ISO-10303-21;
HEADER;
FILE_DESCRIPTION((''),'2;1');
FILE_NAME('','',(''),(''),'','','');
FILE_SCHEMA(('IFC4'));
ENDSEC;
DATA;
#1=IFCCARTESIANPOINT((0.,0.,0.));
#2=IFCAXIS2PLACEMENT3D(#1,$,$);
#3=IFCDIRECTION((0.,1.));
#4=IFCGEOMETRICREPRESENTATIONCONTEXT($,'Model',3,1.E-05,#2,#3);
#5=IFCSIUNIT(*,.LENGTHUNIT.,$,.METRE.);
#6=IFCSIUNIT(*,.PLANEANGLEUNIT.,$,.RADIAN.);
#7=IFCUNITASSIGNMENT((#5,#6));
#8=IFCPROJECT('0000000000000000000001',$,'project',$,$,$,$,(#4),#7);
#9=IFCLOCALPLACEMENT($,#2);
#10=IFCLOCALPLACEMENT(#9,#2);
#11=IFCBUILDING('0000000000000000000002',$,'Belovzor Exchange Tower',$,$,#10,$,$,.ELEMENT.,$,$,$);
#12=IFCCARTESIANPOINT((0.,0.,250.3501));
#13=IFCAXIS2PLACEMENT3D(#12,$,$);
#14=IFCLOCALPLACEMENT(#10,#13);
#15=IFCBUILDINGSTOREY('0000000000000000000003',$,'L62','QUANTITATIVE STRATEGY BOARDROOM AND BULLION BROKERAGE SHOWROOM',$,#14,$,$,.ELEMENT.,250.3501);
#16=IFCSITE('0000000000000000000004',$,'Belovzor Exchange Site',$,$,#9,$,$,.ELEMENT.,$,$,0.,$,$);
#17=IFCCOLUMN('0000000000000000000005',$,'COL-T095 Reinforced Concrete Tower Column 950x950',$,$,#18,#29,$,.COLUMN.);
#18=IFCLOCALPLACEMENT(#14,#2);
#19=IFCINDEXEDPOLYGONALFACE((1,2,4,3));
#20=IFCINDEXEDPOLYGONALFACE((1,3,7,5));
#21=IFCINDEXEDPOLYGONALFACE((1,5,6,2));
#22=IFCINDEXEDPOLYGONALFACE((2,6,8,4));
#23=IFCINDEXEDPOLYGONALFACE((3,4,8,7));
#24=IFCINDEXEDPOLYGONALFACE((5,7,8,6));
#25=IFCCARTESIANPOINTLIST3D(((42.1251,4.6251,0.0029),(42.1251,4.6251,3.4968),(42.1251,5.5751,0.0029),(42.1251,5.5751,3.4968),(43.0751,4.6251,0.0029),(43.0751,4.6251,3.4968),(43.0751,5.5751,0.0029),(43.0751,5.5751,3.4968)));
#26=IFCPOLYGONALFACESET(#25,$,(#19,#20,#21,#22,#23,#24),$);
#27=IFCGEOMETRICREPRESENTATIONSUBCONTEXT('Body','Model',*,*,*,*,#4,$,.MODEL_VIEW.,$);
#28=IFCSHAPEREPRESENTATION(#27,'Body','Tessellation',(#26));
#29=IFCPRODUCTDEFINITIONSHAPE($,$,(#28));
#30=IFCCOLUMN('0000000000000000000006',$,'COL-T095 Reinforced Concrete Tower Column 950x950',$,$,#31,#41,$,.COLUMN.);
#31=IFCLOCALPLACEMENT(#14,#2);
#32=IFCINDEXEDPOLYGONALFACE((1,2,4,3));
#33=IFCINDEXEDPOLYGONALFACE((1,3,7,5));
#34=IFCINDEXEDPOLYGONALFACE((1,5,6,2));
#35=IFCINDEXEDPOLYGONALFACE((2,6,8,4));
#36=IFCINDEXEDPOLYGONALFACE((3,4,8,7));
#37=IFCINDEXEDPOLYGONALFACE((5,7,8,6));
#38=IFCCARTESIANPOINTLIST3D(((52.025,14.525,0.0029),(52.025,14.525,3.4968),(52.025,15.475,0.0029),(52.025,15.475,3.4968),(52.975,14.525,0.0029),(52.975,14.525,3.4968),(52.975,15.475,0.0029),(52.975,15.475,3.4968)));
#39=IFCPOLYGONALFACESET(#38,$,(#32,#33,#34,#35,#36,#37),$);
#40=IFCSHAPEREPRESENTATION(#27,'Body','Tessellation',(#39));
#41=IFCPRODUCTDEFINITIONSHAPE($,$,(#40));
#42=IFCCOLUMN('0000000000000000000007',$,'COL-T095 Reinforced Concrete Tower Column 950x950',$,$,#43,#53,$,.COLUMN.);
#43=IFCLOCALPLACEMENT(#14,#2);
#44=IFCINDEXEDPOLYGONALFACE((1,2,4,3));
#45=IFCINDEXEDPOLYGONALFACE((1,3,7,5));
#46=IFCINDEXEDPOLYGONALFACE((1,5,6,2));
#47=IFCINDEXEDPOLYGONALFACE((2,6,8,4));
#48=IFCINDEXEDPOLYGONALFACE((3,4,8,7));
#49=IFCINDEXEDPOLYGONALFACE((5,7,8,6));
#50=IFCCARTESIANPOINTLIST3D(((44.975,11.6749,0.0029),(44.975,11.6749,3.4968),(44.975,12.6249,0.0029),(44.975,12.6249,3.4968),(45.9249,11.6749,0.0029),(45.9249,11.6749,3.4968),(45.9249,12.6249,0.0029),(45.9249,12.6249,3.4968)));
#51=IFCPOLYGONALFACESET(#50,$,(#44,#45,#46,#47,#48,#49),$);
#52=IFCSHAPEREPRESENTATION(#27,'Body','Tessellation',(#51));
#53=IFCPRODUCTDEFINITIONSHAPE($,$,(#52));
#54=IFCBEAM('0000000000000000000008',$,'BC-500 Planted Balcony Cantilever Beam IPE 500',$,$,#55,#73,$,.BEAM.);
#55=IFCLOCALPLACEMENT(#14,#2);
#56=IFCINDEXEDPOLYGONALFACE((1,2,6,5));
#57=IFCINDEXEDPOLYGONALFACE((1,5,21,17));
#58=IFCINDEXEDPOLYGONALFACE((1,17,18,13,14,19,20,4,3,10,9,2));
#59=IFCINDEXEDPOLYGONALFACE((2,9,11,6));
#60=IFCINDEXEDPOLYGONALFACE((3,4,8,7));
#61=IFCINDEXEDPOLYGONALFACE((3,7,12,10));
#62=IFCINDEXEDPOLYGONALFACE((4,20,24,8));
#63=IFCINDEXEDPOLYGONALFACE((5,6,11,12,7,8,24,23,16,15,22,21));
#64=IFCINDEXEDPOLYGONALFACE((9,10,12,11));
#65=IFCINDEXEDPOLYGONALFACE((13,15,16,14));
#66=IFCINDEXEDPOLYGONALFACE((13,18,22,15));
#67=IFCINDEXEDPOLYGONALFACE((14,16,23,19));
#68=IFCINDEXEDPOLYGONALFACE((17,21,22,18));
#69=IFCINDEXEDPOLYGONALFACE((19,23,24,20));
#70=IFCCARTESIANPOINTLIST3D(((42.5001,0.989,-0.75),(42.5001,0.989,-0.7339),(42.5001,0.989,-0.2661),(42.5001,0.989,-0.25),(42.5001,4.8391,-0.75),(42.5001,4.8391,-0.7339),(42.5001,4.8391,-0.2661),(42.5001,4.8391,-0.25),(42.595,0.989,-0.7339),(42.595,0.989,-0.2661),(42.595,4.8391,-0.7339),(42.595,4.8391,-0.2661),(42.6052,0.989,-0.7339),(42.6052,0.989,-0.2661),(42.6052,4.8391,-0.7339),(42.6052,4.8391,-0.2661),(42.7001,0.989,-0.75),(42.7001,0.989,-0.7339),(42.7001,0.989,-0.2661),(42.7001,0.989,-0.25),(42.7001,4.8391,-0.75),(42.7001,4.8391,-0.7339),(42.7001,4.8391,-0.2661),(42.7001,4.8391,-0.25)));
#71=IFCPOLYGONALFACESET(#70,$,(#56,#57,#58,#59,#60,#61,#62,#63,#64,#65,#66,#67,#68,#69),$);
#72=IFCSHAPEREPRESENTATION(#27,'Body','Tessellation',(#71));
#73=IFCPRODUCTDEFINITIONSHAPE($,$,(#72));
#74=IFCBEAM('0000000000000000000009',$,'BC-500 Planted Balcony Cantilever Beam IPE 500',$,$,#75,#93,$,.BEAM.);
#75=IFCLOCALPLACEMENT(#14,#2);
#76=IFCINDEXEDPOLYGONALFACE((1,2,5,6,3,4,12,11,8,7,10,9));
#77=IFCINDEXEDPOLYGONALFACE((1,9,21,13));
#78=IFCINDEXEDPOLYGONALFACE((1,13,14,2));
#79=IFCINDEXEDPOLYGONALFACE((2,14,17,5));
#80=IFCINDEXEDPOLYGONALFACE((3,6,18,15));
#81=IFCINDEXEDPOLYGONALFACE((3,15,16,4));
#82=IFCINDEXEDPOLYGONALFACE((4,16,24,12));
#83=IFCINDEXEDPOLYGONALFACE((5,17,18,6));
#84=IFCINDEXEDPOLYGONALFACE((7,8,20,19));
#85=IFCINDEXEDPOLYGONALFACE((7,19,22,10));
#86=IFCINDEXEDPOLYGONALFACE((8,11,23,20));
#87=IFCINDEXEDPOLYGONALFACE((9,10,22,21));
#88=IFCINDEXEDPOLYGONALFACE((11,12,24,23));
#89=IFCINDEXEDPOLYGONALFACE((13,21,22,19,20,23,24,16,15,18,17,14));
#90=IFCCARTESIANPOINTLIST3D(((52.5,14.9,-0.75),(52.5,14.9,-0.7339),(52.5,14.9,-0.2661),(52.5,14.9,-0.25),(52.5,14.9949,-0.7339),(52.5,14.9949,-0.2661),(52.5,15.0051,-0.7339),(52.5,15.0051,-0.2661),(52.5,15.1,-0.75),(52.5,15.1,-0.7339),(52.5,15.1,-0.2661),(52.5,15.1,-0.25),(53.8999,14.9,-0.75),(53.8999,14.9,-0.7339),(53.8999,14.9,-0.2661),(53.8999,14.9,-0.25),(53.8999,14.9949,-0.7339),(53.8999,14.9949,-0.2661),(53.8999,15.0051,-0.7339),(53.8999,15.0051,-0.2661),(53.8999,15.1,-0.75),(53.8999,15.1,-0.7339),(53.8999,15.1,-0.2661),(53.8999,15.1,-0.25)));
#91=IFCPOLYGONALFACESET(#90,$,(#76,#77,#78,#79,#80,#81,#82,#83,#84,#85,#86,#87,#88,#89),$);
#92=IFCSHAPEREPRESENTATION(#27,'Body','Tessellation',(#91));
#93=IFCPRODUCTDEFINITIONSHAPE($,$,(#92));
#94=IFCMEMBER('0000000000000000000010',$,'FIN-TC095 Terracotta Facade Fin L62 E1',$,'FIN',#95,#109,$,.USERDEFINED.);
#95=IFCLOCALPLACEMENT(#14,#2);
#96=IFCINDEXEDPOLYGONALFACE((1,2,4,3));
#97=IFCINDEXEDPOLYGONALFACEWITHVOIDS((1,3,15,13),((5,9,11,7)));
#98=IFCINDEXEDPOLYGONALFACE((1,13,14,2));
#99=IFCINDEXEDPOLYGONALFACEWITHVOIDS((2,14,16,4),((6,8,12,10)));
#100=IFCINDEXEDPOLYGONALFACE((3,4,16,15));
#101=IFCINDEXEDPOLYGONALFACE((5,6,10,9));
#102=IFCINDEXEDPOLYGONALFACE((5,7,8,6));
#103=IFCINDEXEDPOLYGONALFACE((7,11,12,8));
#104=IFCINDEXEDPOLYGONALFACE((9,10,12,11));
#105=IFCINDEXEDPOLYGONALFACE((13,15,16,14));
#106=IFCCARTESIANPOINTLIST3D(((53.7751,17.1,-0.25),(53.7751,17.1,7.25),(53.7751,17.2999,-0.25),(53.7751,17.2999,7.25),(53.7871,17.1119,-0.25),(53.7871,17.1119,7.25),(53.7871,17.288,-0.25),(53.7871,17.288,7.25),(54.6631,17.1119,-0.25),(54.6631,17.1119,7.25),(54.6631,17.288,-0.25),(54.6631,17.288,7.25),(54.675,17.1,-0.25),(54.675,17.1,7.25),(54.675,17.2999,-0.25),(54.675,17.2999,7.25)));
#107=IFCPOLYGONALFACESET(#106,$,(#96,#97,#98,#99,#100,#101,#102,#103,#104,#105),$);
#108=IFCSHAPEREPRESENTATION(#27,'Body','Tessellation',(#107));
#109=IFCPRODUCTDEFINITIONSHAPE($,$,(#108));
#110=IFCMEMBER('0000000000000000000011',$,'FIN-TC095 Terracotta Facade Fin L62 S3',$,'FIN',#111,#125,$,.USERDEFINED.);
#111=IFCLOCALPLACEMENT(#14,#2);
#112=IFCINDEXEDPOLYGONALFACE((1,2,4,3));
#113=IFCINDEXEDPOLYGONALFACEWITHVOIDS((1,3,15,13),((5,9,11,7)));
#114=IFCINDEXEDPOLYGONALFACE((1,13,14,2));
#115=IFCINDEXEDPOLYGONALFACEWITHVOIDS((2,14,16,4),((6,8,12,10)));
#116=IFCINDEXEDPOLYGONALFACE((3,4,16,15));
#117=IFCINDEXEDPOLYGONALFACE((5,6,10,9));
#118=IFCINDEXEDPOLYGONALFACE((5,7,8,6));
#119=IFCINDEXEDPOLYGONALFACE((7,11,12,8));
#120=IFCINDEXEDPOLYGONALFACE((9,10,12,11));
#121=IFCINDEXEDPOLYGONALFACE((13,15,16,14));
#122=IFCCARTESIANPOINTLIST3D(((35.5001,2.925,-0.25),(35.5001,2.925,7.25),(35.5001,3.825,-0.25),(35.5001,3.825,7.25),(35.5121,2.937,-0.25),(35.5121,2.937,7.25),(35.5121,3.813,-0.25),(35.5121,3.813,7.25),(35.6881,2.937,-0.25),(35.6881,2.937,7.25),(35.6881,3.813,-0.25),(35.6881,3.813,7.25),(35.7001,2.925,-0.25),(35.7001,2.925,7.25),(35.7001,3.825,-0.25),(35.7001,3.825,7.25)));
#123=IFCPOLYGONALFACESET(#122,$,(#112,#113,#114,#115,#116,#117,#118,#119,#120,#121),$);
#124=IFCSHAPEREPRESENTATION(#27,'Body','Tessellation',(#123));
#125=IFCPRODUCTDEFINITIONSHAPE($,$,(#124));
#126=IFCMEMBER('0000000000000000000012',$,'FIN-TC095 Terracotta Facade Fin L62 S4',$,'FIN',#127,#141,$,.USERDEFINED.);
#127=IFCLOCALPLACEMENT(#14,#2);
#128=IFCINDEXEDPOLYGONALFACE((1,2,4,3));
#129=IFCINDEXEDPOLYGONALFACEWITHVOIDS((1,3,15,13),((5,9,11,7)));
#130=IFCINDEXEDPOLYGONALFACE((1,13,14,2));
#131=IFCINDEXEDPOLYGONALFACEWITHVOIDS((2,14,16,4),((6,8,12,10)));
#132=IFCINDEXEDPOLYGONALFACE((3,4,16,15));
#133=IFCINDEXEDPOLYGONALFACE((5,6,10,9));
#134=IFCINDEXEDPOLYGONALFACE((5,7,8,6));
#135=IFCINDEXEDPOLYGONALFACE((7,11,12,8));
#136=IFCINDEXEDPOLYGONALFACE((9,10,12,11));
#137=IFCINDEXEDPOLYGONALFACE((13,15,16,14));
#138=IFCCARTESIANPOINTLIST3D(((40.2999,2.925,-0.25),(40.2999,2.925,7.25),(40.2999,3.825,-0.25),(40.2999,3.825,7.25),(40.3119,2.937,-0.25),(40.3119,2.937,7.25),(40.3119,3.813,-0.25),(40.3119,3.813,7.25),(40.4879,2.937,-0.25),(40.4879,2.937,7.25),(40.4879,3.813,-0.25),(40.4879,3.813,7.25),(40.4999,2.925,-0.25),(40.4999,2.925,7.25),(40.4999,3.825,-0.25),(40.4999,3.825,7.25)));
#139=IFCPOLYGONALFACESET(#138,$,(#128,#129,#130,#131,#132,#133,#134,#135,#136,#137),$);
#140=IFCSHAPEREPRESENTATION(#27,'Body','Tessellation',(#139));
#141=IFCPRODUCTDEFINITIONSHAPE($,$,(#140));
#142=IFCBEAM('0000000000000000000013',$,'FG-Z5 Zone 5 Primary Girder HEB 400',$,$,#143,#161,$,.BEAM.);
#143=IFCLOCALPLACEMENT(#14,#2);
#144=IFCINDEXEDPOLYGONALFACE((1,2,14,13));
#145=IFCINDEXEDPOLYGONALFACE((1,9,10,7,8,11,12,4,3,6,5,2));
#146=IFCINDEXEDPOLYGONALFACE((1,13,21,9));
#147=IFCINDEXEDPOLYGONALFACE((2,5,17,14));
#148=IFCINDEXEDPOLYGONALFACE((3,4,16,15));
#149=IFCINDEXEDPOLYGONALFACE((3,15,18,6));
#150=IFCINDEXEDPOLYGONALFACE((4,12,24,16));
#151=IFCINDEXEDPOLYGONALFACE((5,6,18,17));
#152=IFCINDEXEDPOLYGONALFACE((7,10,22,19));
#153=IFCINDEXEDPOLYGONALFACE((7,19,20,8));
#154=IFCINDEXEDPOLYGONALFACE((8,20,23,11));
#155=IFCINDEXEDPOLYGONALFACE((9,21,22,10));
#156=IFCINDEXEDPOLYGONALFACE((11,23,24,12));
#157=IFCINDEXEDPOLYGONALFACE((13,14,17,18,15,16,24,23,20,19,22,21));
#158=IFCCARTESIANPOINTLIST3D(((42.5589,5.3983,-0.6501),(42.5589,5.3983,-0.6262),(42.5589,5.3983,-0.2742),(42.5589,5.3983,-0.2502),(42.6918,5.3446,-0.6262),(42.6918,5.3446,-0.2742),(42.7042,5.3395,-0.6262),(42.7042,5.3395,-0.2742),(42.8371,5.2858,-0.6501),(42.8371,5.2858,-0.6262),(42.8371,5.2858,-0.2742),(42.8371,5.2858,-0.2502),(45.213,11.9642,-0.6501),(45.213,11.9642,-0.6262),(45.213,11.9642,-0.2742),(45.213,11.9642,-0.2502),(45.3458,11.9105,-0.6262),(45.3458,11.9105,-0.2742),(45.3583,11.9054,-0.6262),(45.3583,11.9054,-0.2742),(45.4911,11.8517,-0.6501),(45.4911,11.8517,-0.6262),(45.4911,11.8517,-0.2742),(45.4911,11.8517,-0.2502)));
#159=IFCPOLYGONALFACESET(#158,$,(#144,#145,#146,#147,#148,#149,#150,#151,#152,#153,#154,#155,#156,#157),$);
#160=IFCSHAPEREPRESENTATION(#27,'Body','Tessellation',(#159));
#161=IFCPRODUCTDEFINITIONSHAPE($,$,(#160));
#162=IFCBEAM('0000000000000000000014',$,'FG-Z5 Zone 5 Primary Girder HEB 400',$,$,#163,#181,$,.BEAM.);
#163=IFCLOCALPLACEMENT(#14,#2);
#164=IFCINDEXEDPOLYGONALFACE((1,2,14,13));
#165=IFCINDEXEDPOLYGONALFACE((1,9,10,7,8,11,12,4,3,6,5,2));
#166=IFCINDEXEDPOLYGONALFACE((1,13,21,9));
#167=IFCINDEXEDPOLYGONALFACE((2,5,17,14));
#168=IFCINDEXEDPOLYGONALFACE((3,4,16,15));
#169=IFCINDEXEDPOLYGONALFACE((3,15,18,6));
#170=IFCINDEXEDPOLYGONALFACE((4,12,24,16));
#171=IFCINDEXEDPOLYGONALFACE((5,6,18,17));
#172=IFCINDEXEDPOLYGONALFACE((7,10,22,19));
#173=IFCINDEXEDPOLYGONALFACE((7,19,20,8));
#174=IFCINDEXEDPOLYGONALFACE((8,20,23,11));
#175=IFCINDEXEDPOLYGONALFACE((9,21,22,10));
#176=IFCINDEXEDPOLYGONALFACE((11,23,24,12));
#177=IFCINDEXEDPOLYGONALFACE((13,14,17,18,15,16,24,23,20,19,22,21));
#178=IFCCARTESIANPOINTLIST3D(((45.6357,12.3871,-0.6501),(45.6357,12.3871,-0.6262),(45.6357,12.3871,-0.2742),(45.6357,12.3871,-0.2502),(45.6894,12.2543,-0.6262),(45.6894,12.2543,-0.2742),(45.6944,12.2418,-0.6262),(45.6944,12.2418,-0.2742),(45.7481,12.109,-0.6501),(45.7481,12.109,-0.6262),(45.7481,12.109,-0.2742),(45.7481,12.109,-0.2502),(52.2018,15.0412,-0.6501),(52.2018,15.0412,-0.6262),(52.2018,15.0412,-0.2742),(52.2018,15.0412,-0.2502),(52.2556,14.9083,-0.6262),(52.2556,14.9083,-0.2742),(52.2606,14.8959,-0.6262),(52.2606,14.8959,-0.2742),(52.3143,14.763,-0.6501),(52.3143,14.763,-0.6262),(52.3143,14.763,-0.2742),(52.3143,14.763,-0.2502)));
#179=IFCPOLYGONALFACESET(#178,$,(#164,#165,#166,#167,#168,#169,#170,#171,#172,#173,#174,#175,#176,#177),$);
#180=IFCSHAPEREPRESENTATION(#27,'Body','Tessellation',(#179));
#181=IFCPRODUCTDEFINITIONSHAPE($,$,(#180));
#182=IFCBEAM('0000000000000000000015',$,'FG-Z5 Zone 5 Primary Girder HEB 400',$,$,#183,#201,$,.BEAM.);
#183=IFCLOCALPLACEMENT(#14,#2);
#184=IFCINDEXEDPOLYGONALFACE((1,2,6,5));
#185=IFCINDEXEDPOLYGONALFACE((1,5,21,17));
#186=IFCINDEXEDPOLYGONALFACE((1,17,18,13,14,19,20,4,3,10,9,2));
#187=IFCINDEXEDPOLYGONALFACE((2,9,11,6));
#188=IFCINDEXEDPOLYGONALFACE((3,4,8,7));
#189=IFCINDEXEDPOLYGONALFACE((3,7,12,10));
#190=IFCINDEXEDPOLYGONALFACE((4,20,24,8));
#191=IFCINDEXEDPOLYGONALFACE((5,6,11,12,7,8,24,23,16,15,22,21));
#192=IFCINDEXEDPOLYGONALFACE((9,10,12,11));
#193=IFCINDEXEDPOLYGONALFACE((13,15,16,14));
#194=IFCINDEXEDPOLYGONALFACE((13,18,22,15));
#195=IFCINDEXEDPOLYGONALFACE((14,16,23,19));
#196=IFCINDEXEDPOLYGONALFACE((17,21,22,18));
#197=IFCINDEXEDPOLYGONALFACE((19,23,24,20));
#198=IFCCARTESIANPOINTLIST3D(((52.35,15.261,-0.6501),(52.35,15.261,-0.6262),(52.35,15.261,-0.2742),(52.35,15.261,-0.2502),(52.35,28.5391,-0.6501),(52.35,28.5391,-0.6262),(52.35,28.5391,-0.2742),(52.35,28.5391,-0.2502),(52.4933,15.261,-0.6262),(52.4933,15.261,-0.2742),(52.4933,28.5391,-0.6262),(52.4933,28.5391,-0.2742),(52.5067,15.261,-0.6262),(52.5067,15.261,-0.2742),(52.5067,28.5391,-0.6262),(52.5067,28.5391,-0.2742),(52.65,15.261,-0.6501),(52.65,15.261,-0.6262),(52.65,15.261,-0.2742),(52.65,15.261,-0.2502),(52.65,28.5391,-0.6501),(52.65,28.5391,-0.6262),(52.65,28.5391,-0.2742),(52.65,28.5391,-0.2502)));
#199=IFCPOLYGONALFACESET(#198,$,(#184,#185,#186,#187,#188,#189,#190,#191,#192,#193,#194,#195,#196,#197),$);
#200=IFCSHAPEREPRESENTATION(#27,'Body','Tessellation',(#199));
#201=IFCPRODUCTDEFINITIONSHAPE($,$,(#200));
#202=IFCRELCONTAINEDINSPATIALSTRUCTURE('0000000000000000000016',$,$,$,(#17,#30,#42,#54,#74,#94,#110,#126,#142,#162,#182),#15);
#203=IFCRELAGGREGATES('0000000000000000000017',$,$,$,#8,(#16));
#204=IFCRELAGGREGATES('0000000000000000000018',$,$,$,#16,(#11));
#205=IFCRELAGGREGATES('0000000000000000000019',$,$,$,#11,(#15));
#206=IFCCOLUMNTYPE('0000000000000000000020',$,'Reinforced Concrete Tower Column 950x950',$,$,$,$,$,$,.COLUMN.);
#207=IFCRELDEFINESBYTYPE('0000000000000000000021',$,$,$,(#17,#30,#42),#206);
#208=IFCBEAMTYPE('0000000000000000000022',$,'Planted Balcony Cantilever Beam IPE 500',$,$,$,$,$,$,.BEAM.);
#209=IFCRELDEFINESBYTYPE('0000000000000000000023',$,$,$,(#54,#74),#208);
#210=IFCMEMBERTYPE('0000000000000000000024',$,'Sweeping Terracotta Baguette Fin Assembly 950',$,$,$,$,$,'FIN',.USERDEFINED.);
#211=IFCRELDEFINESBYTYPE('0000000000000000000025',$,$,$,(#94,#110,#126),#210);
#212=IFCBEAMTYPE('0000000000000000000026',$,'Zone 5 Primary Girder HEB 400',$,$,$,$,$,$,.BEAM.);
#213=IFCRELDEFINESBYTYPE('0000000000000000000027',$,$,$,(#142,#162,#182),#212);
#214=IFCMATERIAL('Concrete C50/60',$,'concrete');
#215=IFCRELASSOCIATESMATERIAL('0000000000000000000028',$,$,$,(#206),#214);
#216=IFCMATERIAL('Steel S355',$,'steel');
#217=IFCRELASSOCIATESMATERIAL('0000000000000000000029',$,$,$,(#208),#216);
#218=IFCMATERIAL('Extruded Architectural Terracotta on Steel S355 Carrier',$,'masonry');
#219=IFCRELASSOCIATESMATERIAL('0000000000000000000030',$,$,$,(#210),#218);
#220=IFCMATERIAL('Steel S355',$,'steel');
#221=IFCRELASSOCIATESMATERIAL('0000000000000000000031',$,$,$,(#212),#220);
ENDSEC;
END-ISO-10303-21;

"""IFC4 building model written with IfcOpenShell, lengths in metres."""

from ifc_helpers import new_model, si_unit, direction, frame, origin, origin_2d, place, context, subcontext, project, spatial, rectangle, hollow_rectangle, i_section, extrude, material, material_profile, profile_set, type_object, element, save


model = new_model("IFC4")

# Units and contexts
model_context = context("Model", 3, precision=1e-05, world=origin(), true_north=direction((0.0, 1.0)))
body_context = subcontext(model_context, "Body", "Model", "MODEL_VIEW")
ifc_project = project(units=[si_unit("LENGTHUNIT", "METRE"), si_unit("PLANEANGLEUNIT", "RADIAN")], contexts=[model_context])

# Site, building, storey
site_placement = place(None, origin())
site = spatial("IfcSite", under=ifc_project, at=site_placement, Name="Belovzor Exchange Site", CompositionType="ELEMENT", RefElevation=0.0)
building_placement = place(site_placement, origin())
building = spatial("IfcBuilding", under=site, at=building_placement, Name="Belovzor Exchange Tower", CompositionType="ELEMENT")
storey_placement = place(building_placement, frame((0.0, 0.0, 250.3501)))
storey = spatial("IfcBuildingStorey", under=building, at=storey_placement, Name="L62", Description="QUANTITATIVE STRATEGY BOARDROOM AND BULLION BROKERAGE SHOWROOM", CompositionType="ELEMENT", Elevation=250.3501)

# Columns
ifc_material_1 = material(Name="Concrete C50/60", Category="concrete")
ifc_material_profile_1 = material_profile(ifc_material_1, rectangle(XDim=0.95, YDim=0.95, at=origin_2d()))
ifc_profile_set_1 = profile_set([ifc_material_profile_1], Name="Concrete C50/60")
column_type = type_object("IfcColumnType", Name="Reinforced Concrete Tower Column 950x950", PredefinedType="COLUMN", material=ifc_profile_set_1)
for number, where, z_axis, x_axis, name in (
    (1, (42.6001, 5.1001, 0.0029), (0.0, 0.0, 1.0), (1.0, 0.0, 0.0), "COL-T095 Reinforced Concrete Tower Column 950x950"),
    (2, (52.5, 15.0, 0.0029), (0.0, 0.0, 1.0), (1.0, 0.0, 0.0), "COL-T095 Reinforced Concrete Tower Column 950x950"),
    (3, (45.45, 12.1499, 0.0029), (0.0, 0.0, 1.0), (1.0, 0.0, 0.0), "COL-T095 Reinforced Concrete Tower Column 950x950"),
):
    element("IfcColumn", number, at=place(storey_placement, frame(where, z_axis=z_axis, x_axis=x_axis)), inside=storey, type_object=column_type, Name=name, PredefinedType="COLUMN", context=body_context, shape_type="SweptSolid", body=[
        extrude(rectangle(XDim=0.95, YDim=0.95, at=origin_2d()), origin(), (0.0, 0.0, 1.0), 3.4939),
    ])

# Beams
ifc_material_2 = material(Name="Steel S355", Category="steel")
ifc_material_profile_2 = material_profile(ifc_material_2, i_section(OverallWidth=0.2, OverallDepth=0.5, WebThickness=0.0103, FlangeThickness=0.0161, at=origin_2d()))
ifc_profile_set_2 = profile_set([ifc_material_profile_2], Name="Steel S355")
beam_type_1 = type_object("IfcBeamType", Name="Planted Balcony Cantilever Beam IPE 500", PredefinedType="BEAM", material=ifc_profile_set_2)
beam_1_placement = place(storey_placement, frame((42.6001, 4.8391, -0.5), z_axis=(0.0, -1.0, 0.0), x_axis=(1.0, 0.0, 0.0)))
element("IfcBeam", 4, at=beam_1_placement, inside=storey, type_object=beam_type_1, Name="BC-500 Planted Balcony Cantilever Beam IPE 500", PredefinedType="BEAM", context=body_context, shape_type="SweptSolid", body=[
    extrude(i_section(OverallWidth=0.2, OverallDepth=0.5, WebThickness=0.0103, FlangeThickness=0.0161, at=origin_2d()), origin(), (0.0, 0.0, 1.0), 3.8501),
])
beam_2_placement = place(storey_placement, frame((52.5, 15.0, -0.5), z_axis=(1.0, 0.0, 0.0), x_axis=(0.0, 1.0, 0.0)))
element("IfcBeam", 5, at=beam_2_placement, inside=storey, type_object=beam_type_1, Name="BC-500 Planted Balcony Cantilever Beam IPE 500", PredefinedType="BEAM", context=body_context, shape_type="SweptSolid", body=[
    extrude(i_section(OverallWidth=0.2, OverallDepth=0.5, WebThickness=0.0103, FlangeThickness=0.0161, at=origin_2d()), origin(), (0.0, 0.0, 1.0), 1.3999),
])

# Members
ifc_material_3 = material(Name="Extruded Architectural Terracotta on Steel S355 Carrier", Category="masonry")
ifc_material_profile_3 = material_profile(ifc_material_3, hollow_rectangle(XDim=0.2, YDim=0.8999, WallThickness=0.012, at=origin_2d()))
ifc_profile_set_3 = profile_set([ifc_material_profile_3], Name="Extruded Architectural Terracotta on Steel S355 Carrier")
member_type = type_object("IfcMemberType", Name="Sweeping Terracotta Baguette Fin Assembly 950", ElementType="FIN", PredefinedType="USERDEFINED", material=ifc_profile_set_3)
for number, where, z_axis, x_axis, name in (
    (6, (54.2251, 17.2, -0.25), (0.0, 0.0, 1.0), (0.0, 1.0, 0.0), "FIN-TC095 Terracotta Facade Fin L62 E1"),
    (7, (35.6001, 3.375, -0.25), (0.0, 0.0, 1.0), (1.0, 0.0, 0.0), "FIN-TC095 Terracotta Facade Fin L62 S3"),
    (8, (40.3999, 3.375, -0.25), (0.0, 0.0, 1.0), (1.0, 0.0, 0.0), "FIN-TC095 Terracotta Facade Fin L62 S4"),
):
    element("IfcMember", number, at=place(storey_placement, frame(where, z_axis=z_axis, x_axis=x_axis)), inside=storey, type_object=member_type, Name=name, ObjectType="FIN", PredefinedType="USERDEFINED", context=body_context, shape_type="SweptSolid", body=[
        extrude(hollow_rectangle(XDim=0.2, YDim=0.8999, WallThickness=0.012, at=origin_2d()), origin(), (0.0, 0.0, 1.0), 7.5),
    ])

# Beams
ifc_material_4 = material(Name="Steel S355", Category="steel")
ifc_material_profile_4 = material_profile(ifc_material_4, i_section(OverallWidth=0.3, OverallDepth=0.3999, WebThickness=0.0134, FlangeThickness=0.0239, at=origin_2d()))
ifc_profile_set_4 = profile_set([ifc_material_profile_4], Name="Steel S355")
beam_type_2 = type_object("IfcBeamType", Name="Zone 5 Primary Girder HEB 400", PredefinedType="BEAM", material=ifc_profile_set_4)
beam_3_placement = place(storey_placement, frame((42.698, 5.342, -0.4502), z_axis=(0.374758, 0.927123, 0.0), x_axis=(-0.927123, 0.374758, 0.0)))
element("IfcBeam", 9, at=beam_3_placement, inside=storey, type_object=beam_type_2, Name="FG-Z5 Zone 5 Primary Girder HEB 400", PredefinedType="BEAM", context=body_context, shape_type="SweptSolid", body=[
    extrude(i_section(OverallWidth=0.3, OverallDepth=0.3999, WebThickness=0.0134, FlangeThickness=0.0239, at=origin_2d()), origin(), (0.0, 0.0, 1.0), 7.082),
])
beam_4_placement = place(storey_placement, frame((45.6919, 12.248, -0.4502), z_axis=(0.927127, 0.374746, 0.0), x_axis=(-0.374746, 0.927127, 0.0)))
element("IfcBeam", 10, at=beam_4_placement, inside=storey, type_object=beam_type_2, Name="FG-Z5 Zone 5 Primary Girder HEB 400", PredefinedType="BEAM", context=body_context, shape_type="SweptSolid", body=[
    extrude(i_section(OverallWidth=0.3, OverallDepth=0.3999, WebThickness=0.0134, FlangeThickness=0.0239, at=origin_2d()), origin(), (0.0, 0.0, 1.0), 7.0823),
])
beam_5_placement = place(storey_placement, frame((52.5, 15.261, -0.4502), z_axis=(0.0, 1.0, 0.0), x_axis=(-1.0, 0.0, 0.0)))
element("IfcBeam", 11, at=beam_5_placement, inside=storey, type_object=beam_type_2, Name="FG-Z5 Zone 5 Primary Girder HEB 400", PredefinedType="BEAM", context=body_context, shape_type="SweptSolid", body=[
    extrude(i_section(OverallWidth=0.3, OverallDepth=0.3999, WebThickness=0.0134, FlangeThickness=0.0239, at=origin_2d()), origin(), (0.0, 0.0, 1.0), 13.2781),
])

save(model, "model.ifc")
